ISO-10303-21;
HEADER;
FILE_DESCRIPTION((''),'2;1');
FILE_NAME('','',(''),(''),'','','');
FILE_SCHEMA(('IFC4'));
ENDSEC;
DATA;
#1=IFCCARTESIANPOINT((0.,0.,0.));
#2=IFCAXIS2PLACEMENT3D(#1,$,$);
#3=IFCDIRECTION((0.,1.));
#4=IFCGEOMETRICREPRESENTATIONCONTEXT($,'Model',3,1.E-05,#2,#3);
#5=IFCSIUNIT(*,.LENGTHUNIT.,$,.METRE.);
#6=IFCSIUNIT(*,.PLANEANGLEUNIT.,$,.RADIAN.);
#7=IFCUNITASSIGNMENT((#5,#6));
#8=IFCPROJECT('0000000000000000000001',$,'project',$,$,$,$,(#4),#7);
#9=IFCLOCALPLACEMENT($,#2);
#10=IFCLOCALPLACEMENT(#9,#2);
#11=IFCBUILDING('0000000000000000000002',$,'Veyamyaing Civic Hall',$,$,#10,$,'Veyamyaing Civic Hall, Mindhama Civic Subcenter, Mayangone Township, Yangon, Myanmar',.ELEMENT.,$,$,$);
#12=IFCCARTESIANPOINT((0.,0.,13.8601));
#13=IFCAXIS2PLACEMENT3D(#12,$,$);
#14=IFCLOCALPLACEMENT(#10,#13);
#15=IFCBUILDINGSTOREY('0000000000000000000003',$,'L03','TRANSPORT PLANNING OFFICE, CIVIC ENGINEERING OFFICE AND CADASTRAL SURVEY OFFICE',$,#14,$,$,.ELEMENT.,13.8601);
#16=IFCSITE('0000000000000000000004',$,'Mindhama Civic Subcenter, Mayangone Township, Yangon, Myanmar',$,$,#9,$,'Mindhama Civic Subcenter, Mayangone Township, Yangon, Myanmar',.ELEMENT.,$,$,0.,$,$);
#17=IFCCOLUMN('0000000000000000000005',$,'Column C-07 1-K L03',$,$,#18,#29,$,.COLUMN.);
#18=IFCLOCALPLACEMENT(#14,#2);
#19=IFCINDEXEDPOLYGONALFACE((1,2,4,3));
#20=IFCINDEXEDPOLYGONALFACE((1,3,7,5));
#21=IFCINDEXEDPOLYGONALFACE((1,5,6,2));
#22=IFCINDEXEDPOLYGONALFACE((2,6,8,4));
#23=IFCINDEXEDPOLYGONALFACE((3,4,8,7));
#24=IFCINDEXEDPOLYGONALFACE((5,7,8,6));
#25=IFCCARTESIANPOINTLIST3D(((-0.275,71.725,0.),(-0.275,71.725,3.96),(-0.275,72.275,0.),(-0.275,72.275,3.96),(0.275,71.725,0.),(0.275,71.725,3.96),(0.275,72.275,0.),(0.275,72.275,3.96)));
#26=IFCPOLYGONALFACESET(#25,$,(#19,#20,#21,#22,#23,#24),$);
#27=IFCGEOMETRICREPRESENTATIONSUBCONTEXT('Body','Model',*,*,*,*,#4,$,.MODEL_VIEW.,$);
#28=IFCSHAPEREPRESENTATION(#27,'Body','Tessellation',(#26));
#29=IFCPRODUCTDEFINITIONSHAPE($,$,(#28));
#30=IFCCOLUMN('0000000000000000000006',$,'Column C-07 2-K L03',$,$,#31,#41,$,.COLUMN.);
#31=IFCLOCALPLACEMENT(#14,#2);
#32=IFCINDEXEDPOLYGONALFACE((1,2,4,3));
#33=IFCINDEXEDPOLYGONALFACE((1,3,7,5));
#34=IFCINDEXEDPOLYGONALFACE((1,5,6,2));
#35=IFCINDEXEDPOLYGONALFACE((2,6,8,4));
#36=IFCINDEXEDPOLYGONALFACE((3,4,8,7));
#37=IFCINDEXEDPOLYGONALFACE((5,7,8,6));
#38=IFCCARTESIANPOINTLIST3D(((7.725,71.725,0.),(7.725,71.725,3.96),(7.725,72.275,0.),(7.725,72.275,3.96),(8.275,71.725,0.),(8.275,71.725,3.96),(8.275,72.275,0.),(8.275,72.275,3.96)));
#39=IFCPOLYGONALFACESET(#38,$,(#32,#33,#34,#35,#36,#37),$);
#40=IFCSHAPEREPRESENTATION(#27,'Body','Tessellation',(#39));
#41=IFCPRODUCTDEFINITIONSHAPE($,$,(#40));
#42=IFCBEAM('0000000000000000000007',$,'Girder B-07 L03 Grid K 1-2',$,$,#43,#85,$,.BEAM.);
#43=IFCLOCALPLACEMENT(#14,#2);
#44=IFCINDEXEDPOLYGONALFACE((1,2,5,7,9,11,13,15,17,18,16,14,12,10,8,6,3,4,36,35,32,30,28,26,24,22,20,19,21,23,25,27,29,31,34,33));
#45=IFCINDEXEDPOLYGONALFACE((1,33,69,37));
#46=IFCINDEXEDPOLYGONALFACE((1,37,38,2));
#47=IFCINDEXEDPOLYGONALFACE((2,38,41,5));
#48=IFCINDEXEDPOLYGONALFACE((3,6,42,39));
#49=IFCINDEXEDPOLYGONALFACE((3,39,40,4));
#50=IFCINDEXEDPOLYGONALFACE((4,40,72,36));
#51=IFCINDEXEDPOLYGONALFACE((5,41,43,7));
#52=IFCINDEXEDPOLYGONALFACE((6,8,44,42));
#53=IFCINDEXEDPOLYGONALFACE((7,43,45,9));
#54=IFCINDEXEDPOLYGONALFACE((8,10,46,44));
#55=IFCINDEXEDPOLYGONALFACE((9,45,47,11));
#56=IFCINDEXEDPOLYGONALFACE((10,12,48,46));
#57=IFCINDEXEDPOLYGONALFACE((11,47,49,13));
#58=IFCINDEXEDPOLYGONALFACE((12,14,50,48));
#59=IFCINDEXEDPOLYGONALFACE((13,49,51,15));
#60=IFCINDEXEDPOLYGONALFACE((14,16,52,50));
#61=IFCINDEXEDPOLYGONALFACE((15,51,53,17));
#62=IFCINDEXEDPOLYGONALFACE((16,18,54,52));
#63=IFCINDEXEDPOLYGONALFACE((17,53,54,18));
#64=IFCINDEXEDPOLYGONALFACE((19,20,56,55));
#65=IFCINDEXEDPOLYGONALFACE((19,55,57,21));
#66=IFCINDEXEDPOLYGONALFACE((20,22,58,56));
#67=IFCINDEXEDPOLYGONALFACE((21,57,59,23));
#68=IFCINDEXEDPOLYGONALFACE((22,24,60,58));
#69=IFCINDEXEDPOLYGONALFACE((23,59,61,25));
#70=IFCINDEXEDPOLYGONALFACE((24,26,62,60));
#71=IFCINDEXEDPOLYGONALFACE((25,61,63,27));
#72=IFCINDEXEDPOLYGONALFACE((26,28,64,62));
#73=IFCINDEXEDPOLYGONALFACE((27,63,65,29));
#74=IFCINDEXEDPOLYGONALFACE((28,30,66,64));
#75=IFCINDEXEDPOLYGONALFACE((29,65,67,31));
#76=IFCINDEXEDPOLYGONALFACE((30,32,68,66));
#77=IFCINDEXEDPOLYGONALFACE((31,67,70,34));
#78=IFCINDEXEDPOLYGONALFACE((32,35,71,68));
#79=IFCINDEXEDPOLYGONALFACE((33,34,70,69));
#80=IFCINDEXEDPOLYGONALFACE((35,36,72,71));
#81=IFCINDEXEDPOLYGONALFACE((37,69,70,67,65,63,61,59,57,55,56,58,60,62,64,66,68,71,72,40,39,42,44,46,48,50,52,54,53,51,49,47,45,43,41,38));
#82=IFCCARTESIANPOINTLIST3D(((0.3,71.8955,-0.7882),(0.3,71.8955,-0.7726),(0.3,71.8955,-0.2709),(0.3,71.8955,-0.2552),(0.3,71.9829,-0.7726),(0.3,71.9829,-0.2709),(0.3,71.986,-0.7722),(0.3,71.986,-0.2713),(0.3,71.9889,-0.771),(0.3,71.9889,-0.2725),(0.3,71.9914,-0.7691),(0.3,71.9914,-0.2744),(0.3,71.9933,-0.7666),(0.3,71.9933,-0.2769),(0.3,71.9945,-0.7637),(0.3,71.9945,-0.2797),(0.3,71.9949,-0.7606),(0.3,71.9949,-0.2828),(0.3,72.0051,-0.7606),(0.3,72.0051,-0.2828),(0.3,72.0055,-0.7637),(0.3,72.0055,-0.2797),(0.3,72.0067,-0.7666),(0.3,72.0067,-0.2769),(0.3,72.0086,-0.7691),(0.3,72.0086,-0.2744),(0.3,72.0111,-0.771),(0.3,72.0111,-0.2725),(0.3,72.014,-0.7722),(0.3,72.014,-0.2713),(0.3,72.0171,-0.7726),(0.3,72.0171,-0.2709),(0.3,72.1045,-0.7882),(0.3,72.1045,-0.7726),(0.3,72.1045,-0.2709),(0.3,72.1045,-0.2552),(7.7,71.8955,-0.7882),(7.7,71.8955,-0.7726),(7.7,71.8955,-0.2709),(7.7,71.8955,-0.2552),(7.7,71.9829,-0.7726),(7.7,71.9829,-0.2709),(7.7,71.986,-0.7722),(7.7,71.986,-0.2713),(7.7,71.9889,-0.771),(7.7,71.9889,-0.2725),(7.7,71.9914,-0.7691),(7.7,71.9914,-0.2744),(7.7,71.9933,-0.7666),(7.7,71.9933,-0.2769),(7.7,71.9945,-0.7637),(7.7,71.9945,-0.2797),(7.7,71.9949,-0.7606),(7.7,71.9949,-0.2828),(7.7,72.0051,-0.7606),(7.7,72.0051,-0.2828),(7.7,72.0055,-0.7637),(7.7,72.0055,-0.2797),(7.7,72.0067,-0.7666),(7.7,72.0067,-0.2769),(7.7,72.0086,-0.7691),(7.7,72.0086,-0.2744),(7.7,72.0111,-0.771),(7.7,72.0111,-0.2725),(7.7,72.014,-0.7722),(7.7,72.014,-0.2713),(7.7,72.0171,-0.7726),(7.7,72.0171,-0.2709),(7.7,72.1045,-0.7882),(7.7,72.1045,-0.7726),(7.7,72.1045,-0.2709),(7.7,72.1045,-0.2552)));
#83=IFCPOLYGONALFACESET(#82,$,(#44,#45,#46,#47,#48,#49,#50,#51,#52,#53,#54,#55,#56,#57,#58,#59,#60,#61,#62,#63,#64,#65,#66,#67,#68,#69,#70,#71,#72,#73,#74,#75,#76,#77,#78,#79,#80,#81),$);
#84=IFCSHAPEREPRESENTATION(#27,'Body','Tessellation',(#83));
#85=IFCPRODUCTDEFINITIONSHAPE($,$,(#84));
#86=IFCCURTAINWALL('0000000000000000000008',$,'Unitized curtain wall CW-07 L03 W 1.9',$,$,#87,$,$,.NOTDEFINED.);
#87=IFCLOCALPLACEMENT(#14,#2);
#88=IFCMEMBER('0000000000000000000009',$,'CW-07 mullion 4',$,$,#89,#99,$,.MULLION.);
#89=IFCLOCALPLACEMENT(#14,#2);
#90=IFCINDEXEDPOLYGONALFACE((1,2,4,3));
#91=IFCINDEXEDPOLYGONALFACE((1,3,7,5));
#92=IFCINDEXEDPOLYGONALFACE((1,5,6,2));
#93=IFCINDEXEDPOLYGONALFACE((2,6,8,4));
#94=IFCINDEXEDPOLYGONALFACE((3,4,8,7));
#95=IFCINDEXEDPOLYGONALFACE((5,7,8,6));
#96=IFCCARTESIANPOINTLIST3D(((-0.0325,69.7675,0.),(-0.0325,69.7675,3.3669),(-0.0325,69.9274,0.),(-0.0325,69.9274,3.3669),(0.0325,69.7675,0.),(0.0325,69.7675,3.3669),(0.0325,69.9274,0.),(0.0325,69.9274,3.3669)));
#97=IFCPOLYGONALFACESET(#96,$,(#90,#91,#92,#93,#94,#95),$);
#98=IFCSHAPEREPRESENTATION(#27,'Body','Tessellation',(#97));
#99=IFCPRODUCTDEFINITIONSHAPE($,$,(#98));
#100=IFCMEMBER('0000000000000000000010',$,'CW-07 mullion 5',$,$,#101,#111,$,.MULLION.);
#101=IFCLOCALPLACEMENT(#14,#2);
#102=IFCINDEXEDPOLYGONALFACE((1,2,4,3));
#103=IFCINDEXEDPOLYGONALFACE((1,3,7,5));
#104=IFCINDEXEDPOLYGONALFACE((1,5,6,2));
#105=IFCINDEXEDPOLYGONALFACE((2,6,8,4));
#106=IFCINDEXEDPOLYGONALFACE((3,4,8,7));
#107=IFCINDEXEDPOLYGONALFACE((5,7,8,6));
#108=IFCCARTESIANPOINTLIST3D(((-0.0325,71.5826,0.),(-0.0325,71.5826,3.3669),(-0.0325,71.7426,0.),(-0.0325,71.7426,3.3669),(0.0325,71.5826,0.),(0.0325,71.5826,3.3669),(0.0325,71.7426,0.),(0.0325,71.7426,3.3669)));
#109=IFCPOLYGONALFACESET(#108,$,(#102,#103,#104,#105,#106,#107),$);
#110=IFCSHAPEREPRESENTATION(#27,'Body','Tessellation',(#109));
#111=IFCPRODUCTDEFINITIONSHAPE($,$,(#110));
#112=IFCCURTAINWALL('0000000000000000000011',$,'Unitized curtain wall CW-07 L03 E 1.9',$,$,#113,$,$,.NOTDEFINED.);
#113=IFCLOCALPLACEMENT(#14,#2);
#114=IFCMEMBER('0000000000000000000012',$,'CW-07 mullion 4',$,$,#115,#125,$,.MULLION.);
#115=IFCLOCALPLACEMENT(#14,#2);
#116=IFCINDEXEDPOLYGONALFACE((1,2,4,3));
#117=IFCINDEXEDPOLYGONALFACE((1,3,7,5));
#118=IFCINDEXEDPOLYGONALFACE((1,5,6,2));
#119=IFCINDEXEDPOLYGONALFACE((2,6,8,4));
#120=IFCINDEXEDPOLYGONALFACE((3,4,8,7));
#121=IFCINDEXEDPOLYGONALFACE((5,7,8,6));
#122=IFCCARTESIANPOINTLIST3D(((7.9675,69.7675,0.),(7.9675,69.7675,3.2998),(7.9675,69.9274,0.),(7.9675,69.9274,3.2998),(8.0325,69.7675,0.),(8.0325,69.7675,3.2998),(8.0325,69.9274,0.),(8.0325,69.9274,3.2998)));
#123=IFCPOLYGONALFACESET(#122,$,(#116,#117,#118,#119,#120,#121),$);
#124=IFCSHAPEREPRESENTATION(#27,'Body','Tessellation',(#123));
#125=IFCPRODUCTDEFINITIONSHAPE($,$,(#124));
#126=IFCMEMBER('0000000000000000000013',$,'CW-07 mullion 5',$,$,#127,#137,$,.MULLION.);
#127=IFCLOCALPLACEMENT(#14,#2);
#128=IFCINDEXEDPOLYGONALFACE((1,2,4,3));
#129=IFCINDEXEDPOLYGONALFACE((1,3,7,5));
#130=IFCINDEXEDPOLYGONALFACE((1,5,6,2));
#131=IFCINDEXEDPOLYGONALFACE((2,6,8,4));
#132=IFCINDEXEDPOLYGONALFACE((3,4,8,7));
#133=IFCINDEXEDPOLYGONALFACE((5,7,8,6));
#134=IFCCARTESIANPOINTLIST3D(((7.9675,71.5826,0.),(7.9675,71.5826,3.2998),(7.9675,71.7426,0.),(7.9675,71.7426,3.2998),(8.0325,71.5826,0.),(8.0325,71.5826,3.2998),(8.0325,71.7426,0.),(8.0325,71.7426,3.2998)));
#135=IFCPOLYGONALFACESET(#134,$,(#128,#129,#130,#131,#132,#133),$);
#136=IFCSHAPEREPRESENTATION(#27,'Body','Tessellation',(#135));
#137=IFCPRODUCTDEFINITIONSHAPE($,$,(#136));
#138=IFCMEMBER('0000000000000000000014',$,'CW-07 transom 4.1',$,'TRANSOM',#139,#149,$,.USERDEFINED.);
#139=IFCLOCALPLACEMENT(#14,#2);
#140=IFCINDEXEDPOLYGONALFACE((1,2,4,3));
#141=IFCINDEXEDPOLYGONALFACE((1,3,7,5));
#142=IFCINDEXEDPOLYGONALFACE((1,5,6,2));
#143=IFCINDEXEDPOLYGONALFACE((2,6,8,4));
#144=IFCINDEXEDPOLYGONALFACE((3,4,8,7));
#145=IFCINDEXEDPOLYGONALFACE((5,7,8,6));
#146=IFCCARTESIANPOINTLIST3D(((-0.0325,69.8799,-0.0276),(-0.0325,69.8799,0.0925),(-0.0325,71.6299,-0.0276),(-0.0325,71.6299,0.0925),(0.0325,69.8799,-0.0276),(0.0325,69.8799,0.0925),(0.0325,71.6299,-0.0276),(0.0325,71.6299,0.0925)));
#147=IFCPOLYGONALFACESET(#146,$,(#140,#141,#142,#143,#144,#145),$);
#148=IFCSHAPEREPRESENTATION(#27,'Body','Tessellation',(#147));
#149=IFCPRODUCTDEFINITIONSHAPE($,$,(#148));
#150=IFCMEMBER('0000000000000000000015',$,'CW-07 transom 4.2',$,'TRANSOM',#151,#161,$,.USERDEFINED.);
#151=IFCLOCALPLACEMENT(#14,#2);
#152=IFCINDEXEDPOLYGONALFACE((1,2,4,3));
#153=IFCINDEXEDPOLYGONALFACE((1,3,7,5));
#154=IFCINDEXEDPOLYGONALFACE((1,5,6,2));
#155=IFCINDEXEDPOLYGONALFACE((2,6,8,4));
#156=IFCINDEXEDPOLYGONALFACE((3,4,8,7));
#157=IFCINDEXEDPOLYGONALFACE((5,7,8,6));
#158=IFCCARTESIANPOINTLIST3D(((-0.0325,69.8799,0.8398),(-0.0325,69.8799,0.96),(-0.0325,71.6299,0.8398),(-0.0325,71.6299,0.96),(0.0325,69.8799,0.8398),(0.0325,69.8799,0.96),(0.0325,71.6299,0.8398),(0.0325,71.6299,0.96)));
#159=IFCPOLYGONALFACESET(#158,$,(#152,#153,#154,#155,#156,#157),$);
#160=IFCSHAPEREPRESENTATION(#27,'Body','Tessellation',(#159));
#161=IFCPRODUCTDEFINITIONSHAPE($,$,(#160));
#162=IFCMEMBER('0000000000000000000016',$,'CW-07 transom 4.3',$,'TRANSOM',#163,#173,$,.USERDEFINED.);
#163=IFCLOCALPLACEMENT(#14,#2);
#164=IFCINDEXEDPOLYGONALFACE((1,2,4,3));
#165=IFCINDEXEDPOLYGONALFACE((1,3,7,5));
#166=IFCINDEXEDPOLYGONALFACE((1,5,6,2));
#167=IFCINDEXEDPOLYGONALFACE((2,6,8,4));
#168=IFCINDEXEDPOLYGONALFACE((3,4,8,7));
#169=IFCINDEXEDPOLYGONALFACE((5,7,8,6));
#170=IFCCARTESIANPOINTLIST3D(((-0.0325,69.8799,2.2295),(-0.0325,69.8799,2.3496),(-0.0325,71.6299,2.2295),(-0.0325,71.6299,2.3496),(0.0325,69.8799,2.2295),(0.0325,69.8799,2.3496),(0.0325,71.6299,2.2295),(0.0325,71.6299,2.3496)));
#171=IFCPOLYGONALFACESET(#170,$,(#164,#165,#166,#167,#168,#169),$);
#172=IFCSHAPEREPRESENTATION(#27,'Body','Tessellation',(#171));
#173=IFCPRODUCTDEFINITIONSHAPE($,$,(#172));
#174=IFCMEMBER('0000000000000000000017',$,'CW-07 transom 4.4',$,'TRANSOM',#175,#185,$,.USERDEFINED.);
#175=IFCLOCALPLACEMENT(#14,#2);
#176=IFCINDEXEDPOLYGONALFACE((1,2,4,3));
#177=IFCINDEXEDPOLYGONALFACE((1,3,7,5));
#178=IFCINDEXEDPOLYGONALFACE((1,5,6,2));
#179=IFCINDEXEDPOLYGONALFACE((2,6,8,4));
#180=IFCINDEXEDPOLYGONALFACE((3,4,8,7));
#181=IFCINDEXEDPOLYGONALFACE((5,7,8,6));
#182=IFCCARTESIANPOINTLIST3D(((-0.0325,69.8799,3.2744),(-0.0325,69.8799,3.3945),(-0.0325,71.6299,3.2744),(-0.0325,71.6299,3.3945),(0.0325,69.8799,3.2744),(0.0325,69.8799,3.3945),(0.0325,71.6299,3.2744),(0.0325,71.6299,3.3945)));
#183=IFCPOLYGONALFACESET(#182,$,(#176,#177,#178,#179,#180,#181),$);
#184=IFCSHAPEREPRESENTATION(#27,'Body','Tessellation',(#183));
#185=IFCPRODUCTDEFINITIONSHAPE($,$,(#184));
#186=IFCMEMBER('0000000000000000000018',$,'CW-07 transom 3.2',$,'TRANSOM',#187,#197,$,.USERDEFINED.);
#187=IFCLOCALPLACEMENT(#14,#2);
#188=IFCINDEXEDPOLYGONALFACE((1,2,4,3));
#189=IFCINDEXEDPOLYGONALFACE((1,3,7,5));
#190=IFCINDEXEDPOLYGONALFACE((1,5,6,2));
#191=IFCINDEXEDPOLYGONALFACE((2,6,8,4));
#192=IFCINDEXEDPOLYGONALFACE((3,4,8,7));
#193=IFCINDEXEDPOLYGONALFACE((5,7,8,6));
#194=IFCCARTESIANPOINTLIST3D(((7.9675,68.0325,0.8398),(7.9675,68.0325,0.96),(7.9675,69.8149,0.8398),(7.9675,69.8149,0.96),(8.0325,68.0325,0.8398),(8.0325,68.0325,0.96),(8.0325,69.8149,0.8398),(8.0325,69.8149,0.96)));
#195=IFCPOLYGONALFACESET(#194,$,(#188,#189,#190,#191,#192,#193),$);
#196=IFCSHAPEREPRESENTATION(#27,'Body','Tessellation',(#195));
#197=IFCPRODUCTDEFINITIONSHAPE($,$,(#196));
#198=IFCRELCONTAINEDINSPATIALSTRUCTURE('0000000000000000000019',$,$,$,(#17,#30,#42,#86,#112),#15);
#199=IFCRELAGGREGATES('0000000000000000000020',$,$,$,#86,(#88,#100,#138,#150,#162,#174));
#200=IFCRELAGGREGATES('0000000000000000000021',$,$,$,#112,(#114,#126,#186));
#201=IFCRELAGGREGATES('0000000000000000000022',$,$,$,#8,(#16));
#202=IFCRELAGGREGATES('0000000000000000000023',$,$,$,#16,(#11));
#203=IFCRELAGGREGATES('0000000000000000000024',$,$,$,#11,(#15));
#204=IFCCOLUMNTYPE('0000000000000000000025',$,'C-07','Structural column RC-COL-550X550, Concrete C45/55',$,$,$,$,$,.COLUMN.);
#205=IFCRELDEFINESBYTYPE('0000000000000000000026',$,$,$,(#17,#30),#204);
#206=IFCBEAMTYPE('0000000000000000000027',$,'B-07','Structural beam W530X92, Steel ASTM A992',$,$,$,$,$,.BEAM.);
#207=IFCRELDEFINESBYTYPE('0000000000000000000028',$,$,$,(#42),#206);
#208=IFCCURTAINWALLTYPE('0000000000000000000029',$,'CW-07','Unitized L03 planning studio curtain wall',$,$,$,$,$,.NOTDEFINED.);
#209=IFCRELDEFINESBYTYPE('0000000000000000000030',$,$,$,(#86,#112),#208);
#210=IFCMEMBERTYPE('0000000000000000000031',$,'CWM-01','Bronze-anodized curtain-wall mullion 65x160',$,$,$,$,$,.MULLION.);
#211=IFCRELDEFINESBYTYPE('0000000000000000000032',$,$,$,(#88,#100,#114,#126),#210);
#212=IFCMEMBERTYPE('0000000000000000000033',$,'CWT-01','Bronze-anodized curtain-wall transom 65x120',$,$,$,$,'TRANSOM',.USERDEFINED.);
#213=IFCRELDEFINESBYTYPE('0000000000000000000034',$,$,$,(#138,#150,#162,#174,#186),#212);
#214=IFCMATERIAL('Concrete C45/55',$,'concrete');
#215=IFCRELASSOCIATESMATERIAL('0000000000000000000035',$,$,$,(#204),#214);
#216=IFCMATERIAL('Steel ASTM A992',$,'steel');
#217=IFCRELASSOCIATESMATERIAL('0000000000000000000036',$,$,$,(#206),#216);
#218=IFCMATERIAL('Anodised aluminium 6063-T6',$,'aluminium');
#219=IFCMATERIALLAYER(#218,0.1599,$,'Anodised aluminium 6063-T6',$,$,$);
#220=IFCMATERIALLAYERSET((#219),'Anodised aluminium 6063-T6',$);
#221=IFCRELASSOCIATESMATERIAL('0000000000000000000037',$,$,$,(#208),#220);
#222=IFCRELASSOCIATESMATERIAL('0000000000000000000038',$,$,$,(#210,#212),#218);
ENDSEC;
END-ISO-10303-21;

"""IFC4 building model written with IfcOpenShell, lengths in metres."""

from ifc_helpers import new_model, si_unit, direction, frame, origin, origin_2d, place, context, subcontext, project, spatial, rectangle, i_section, extrude, material, layer, layer_set, material_profile, profile_set, type_object, element, aggregate, save


model = new_model("IFC4")

# Units and contexts
model_context = context("Model", 3, precision=1e-05, world=origin(), true_north=direction((0.0, 1.0)))
body_context = subcontext(model_context, "Body", "Model", "MODEL_VIEW")
ifc_project = project(units=[si_unit("LENGTHUNIT", "METRE"), si_unit("PLANEANGLEUNIT", "RADIAN")], contexts=[model_context])

# Site, building, storey
site_placement = place(None, origin())
site = spatial("IfcSite", under=ifc_project, at=site_placement, Name="Mindhama Civic Subcenter, Mayangone Township, Yangon, Myanmar", LongName="Mindhama Civic Subcenter, Mayangone Township, Yangon, Myanmar", CompositionType="ELEMENT", RefElevation=0.0)
building_placement = place(site_placement, origin())
building = spatial("IfcBuilding", under=site, at=building_placement, Name="Veyamyaing Civic Hall", LongName="Veyamyaing Civic Hall, Mindhama Civic Subcenter, Mayangone Township, Yangon, Myanmar", CompositionType="ELEMENT")
storey_placement = place(building_placement, frame((0.0, 0.0, 13.8601)))
storey = spatial("IfcBuildingStorey", under=building, at=storey_placement, Name="L03", Description="TRANSPORT PLANNING OFFICE, CIVIC ENGINEERING OFFICE AND CADASTRAL SURVEY OFFICE", CompositionType="ELEMENT", Elevation=13.8601)

# Columns
ifc_material_1 = material(Name="Concrete C45/55", Category="concrete")
ifc_material_profile_1 = material_profile(ifc_material_1, rectangle(XDim=0.55, YDim=0.55, at=origin_2d()), Name="RC-COL-550X550")
ifc_profile_set_1 = profile_set([ifc_material_profile_1], Name="Concrete C45/55")
column_type = type_object("IfcColumnType", Name="C-07", Description="Structural column RC-COL-550X550, Concrete C45/55", PredefinedType="COLUMN", material=ifc_profile_set_1)
for number, where, z_axis, x_axis, name in (
    (1, (0.0, 72.0, 0.0), (0.0, 0.0, 1.0), (1.0, 0.0, 0.0), "Column C-07 1-K L03"),
    (2, (8.0, 72.0, 0.0), (0.0, 0.0, 1.0), (1.0, 0.0, 0.0), "Column C-07 2-K L03"),
):
    element("IfcColumn", number, at=place(storey_placement, frame(where, z_axis=z_axis, x_axis=x_axis)), inside=storey, type_object=column_type, Name=name, PredefinedType="COLUMN", context=body_context, shape_type="SweptSolid", body=[
        extrude(rectangle(XDim=0.55, YDim=0.55, at=origin_2d()), origin(), (0.0, 0.0, 1.0), 3.96),
    ])

# Beam
ifc_material_2 = material(Name="Steel ASTM A992", Category="steel")
ifc_material_profile_2 = material_profile(ifc_material_2, i_section(OverallWidth=0.209, OverallDepth=0.533, WebThickness=0.0103, FlangeThickness=0.0156, FilletRadius=0.012, at=origin_2d()), Name="W530X92")
ifc_profile_set_2 = profile_set([ifc_material_profile_2], Name="Steel ASTM A992")
beam_type_1 = type_object("IfcBeamType", Name="B-07", Description="Structural beam W530X92, Steel ASTM A992", PredefinedType="BEAM", material=ifc_profile_set_2)
beam_1_placement = place(storey_placement, frame((0.3, 72.0, -0.5217), z_axis=(1.0, 0.0, 0.0), x_axis=(0.0, 1.0, 0.0)))
element("IfcBeam", 3, at=beam_1_placement, inside=storey, type_object=beam_type_1, Name="Girder B-07 L03 Grid K 1-2", PredefinedType="BEAM", context=body_context, shape_type="SweptSolid", body=[
    extrude(i_section(OverallWidth=0.209, OverallDepth=0.533, WebThickness=0.0103, FlangeThickness=0.0156, FilletRadius=0.012, at=origin_2d()), origin(), (0.0, 0.0, 1.0), 7.3999),
])

# Curtain walls, members
ifc_material_3 = material(Name="Anodised aluminium 6063-T6", Category="aluminium")
ifc_layer_1 = layer(ifc_material_3, 0.1599, Name="Anodised aluminium 6063-T6")
ifc_layer_set_1 = layer_set([ifc_layer_1], Name="Anodised aluminium 6063-T6")
curtain_wall_type = type_object("IfcCurtainWallType", Name="CW-07", Description="Unitized L03 planning studio curtain wall", PredefinedType="NOTDEFINED", material=ifc_layer_set_1)
curtain_wall_1_placement = place(storey_placement, origin())
curtain_wall_1 = element("IfcCurtainWall", 4, at=curtain_wall_1_placement, inside=storey, type_object=curtain_wall_type, Name="Unitized curtain wall CW-07 L03 W 1.9", PredefinedType="NOTDEFINED")
ifc_material_profile_3 = material_profile(ifc_material_3, rectangle(XDim=0.0649, YDim=0.1599, at=origin_2d()), Name="ALU-MUL-65X160")
ifc_profile_set_3 = profile_set([ifc_material_profile_3], Name="Anodised aluminium 6063-T6")
member_type_1 = type_object("IfcMemberType", Name="CWM-01", Description="Bronze-anodized curtain-wall mullion 65x160", PredefinedType="MULLION", material=ifc_profile_set_3)
member_1_placement = place(storey_placement, frame((0.0, 69.8474, 0.0), z_axis=(0.0, 0.0, 1.0), x_axis=(-1.0, 0.0, 0.0)))
member_1 = element("IfcMember", 5, at=member_1_placement, type_object=member_type_1, Name="CW-07 mullion 4", PredefinedType="MULLION", context=body_context, shape_type="SweptSolid", body=[
    extrude(rectangle(XDim=0.0649, YDim=0.1599, at=origin_2d()), origin(), (0.0, 0.0, 1.0), 3.3669),
])
member_2_placement = place(storey_placement, frame((0.0, 71.6626, 0.0), z_axis=(0.0, 0.0, 1.0), x_axis=(-1.0, 0.0, 0.0)))
member_2 = element("IfcMember", 6, at=member_2_placement, type_object=member_type_1, Name="CW-07 mullion 5", PredefinedType="MULLION", context=body_context, shape_type="SweptSolid", body=[
    extrude(rectangle(XDim=0.0649, YDim=0.1599, at=origin_2d()), origin(), (0.0, 0.0, 1.0), 3.3669),
])
curtain_wall_2_placement = place(storey_placement, origin())
curtain_wall_2 = element("IfcCurtainWall", 7, at=curtain_wall_2_placement, inside=storey, type_object=curtain_wall_type, Name="Unitized curtain wall CW-07 L03 E 1.9", PredefinedType="NOTDEFINED")
member_3_placement = place(storey_placement, frame((8.0, 69.8474, 0.0), z_axis=(0.0, 0.0, 1.0), x_axis=(-1.0, 0.0, 0.0)))
member_3 = element("IfcMember", 8, at=member_3_placement, type_object=member_type_1, Name="CW-07 mullion 4", PredefinedType="MULLION", context=body_context, shape_type="SweptSolid", body=[
    extrude(rectangle(XDim=0.0649, YDim=0.1599, at=origin_2d()), origin(), (0.0, 0.0, 1.0), 3.2998),
])
member_4_placement = place(storey_placement, frame((8.0, 71.6626, 0.0), z_axis=(0.0, 0.0, 1.0), x_axis=(-1.0, 0.0, 0.0)))
member_4 = element("IfcMember", 9, at=member_4_placement, type_object=member_type_1, Name="CW-07 mullion 5", PredefinedType="MULLION", context=body_context, shape_type="SweptSolid", body=[
    extrude(rectangle(XDim=0.0649, YDim=0.1599, at=origin_2d()), origin(), (0.0, 0.0, 1.0), 3.2998),
])

# Members
ifc_material_profile_4 = material_profile(ifc_material_3, rectangle(XDim=0.0649, YDim=0.1201, at=origin_2d()), Name="ALU-TRN-65X120")
ifc_profile_set_4 = profile_set([ifc_material_profile_4], Name="Anodised aluminium 6063-T6")
member_type_2 = type_object("IfcMemberType", Name="CWT-01", Description="Bronze-anodized curtain-wall transom 65x120", ElementType="TRANSOM", PredefinedType="USERDEFINED", material=ifc_profile_set_4)
member_5_placement = place(storey_placement, frame((0.0, 69.8799, 0.0325), z_axis=(0.0, 1.0, 0.0), x_axis=(-1.0, 0.0, 0.0)))
member_5 = element("IfcMember", 10, at=member_5_placement, type_object=member_type_2, Name="CW-07 transom 4.1", ObjectType="TRANSOM", PredefinedType="USERDEFINED", context=body_context, shape_type="SweptSolid", body=[
    extrude(rectangle(XDim=0.0649, YDim=0.1201, at=origin_2d()), origin(), (0.0, 0.0, 1.0), 1.75),
])
member_6_placement = place(storey_placement, frame((0.0, 69.8799, 0.8999), z_axis=(0.0, 1.0, 0.0), x_axis=(-1.0, 0.0, 0.0)))
member_6 = element("IfcMember", 11, at=member_6_placement, type_object=member_type_2, Name="CW-07 transom 4.2", ObjectType="TRANSOM", PredefinedType="USERDEFINED", context=body_context, shape_type="SweptSolid", body=[
    extrude(rectangle(XDim=0.0649, YDim=0.1201, at=origin_2d()), origin(), (0.0, 0.0, 1.0), 1.75),
])
member_7_placement = place(storey_placement, frame((0.0, 69.8799, 2.2896), z_axis=(0.0, 1.0, 0.0), x_axis=(-1.0, 0.0, 0.0)))
member_7 = element("IfcMember", 12, at=member_7_placement, type_object=member_type_2, Name="CW-07 transom 4.3", ObjectType="TRANSOM", PredefinedType="USERDEFINED", context=body_context, shape_type="SweptSolid", body=[
    extrude(rectangle(XDim=0.0649, YDim=0.1201, at=origin_2d()), origin(), (0.0, 0.0, 1.0), 1.75),
])
member_8_placement = place(storey_placement, frame((0.0, 69.8799, 3.3345), z_axis=(0.0, 1.0, 0.0), x_axis=(-1.0, 0.0, 0.0)))
member_8 = element("IfcMember", 13, at=member_8_placement, type_object=member_type_2, Name="CW-07 transom 4.4", ObjectType="TRANSOM", PredefinedType="USERDEFINED", context=body_context, shape_type="SweptSolid", body=[
    extrude(rectangle(XDim=0.0649, YDim=0.1201, at=origin_2d()), origin(), (0.0, 0.0, 1.0), 1.75),
])
member_9_placement = place(storey_placement, frame((8.0, 68.0325, 0.8999), z_axis=(0.0, 1.0, 0.0), x_axis=(-1.0, 0.0, 0.0)))
member_9 = element("IfcMember", 14, at=member_9_placement, type_object=member_type_2, Name="CW-07 transom 3.2", ObjectType="TRANSOM", PredefinedType="USERDEFINED", context=body_context, shape_type="SweptSolid", body=[
    extrude(rectangle(XDim=0.0649, YDim=0.1201, at=origin_2d()), origin(), (0.0, 0.0, 1.0), 1.7825),
])

aggregate(curtain_wall_1, [member_1, member_2, member_5, member_6, member_7, member_8])
aggregate(curtain_wall_2, [member_3, member_4, member_9])

save(model, "model.ifc")
